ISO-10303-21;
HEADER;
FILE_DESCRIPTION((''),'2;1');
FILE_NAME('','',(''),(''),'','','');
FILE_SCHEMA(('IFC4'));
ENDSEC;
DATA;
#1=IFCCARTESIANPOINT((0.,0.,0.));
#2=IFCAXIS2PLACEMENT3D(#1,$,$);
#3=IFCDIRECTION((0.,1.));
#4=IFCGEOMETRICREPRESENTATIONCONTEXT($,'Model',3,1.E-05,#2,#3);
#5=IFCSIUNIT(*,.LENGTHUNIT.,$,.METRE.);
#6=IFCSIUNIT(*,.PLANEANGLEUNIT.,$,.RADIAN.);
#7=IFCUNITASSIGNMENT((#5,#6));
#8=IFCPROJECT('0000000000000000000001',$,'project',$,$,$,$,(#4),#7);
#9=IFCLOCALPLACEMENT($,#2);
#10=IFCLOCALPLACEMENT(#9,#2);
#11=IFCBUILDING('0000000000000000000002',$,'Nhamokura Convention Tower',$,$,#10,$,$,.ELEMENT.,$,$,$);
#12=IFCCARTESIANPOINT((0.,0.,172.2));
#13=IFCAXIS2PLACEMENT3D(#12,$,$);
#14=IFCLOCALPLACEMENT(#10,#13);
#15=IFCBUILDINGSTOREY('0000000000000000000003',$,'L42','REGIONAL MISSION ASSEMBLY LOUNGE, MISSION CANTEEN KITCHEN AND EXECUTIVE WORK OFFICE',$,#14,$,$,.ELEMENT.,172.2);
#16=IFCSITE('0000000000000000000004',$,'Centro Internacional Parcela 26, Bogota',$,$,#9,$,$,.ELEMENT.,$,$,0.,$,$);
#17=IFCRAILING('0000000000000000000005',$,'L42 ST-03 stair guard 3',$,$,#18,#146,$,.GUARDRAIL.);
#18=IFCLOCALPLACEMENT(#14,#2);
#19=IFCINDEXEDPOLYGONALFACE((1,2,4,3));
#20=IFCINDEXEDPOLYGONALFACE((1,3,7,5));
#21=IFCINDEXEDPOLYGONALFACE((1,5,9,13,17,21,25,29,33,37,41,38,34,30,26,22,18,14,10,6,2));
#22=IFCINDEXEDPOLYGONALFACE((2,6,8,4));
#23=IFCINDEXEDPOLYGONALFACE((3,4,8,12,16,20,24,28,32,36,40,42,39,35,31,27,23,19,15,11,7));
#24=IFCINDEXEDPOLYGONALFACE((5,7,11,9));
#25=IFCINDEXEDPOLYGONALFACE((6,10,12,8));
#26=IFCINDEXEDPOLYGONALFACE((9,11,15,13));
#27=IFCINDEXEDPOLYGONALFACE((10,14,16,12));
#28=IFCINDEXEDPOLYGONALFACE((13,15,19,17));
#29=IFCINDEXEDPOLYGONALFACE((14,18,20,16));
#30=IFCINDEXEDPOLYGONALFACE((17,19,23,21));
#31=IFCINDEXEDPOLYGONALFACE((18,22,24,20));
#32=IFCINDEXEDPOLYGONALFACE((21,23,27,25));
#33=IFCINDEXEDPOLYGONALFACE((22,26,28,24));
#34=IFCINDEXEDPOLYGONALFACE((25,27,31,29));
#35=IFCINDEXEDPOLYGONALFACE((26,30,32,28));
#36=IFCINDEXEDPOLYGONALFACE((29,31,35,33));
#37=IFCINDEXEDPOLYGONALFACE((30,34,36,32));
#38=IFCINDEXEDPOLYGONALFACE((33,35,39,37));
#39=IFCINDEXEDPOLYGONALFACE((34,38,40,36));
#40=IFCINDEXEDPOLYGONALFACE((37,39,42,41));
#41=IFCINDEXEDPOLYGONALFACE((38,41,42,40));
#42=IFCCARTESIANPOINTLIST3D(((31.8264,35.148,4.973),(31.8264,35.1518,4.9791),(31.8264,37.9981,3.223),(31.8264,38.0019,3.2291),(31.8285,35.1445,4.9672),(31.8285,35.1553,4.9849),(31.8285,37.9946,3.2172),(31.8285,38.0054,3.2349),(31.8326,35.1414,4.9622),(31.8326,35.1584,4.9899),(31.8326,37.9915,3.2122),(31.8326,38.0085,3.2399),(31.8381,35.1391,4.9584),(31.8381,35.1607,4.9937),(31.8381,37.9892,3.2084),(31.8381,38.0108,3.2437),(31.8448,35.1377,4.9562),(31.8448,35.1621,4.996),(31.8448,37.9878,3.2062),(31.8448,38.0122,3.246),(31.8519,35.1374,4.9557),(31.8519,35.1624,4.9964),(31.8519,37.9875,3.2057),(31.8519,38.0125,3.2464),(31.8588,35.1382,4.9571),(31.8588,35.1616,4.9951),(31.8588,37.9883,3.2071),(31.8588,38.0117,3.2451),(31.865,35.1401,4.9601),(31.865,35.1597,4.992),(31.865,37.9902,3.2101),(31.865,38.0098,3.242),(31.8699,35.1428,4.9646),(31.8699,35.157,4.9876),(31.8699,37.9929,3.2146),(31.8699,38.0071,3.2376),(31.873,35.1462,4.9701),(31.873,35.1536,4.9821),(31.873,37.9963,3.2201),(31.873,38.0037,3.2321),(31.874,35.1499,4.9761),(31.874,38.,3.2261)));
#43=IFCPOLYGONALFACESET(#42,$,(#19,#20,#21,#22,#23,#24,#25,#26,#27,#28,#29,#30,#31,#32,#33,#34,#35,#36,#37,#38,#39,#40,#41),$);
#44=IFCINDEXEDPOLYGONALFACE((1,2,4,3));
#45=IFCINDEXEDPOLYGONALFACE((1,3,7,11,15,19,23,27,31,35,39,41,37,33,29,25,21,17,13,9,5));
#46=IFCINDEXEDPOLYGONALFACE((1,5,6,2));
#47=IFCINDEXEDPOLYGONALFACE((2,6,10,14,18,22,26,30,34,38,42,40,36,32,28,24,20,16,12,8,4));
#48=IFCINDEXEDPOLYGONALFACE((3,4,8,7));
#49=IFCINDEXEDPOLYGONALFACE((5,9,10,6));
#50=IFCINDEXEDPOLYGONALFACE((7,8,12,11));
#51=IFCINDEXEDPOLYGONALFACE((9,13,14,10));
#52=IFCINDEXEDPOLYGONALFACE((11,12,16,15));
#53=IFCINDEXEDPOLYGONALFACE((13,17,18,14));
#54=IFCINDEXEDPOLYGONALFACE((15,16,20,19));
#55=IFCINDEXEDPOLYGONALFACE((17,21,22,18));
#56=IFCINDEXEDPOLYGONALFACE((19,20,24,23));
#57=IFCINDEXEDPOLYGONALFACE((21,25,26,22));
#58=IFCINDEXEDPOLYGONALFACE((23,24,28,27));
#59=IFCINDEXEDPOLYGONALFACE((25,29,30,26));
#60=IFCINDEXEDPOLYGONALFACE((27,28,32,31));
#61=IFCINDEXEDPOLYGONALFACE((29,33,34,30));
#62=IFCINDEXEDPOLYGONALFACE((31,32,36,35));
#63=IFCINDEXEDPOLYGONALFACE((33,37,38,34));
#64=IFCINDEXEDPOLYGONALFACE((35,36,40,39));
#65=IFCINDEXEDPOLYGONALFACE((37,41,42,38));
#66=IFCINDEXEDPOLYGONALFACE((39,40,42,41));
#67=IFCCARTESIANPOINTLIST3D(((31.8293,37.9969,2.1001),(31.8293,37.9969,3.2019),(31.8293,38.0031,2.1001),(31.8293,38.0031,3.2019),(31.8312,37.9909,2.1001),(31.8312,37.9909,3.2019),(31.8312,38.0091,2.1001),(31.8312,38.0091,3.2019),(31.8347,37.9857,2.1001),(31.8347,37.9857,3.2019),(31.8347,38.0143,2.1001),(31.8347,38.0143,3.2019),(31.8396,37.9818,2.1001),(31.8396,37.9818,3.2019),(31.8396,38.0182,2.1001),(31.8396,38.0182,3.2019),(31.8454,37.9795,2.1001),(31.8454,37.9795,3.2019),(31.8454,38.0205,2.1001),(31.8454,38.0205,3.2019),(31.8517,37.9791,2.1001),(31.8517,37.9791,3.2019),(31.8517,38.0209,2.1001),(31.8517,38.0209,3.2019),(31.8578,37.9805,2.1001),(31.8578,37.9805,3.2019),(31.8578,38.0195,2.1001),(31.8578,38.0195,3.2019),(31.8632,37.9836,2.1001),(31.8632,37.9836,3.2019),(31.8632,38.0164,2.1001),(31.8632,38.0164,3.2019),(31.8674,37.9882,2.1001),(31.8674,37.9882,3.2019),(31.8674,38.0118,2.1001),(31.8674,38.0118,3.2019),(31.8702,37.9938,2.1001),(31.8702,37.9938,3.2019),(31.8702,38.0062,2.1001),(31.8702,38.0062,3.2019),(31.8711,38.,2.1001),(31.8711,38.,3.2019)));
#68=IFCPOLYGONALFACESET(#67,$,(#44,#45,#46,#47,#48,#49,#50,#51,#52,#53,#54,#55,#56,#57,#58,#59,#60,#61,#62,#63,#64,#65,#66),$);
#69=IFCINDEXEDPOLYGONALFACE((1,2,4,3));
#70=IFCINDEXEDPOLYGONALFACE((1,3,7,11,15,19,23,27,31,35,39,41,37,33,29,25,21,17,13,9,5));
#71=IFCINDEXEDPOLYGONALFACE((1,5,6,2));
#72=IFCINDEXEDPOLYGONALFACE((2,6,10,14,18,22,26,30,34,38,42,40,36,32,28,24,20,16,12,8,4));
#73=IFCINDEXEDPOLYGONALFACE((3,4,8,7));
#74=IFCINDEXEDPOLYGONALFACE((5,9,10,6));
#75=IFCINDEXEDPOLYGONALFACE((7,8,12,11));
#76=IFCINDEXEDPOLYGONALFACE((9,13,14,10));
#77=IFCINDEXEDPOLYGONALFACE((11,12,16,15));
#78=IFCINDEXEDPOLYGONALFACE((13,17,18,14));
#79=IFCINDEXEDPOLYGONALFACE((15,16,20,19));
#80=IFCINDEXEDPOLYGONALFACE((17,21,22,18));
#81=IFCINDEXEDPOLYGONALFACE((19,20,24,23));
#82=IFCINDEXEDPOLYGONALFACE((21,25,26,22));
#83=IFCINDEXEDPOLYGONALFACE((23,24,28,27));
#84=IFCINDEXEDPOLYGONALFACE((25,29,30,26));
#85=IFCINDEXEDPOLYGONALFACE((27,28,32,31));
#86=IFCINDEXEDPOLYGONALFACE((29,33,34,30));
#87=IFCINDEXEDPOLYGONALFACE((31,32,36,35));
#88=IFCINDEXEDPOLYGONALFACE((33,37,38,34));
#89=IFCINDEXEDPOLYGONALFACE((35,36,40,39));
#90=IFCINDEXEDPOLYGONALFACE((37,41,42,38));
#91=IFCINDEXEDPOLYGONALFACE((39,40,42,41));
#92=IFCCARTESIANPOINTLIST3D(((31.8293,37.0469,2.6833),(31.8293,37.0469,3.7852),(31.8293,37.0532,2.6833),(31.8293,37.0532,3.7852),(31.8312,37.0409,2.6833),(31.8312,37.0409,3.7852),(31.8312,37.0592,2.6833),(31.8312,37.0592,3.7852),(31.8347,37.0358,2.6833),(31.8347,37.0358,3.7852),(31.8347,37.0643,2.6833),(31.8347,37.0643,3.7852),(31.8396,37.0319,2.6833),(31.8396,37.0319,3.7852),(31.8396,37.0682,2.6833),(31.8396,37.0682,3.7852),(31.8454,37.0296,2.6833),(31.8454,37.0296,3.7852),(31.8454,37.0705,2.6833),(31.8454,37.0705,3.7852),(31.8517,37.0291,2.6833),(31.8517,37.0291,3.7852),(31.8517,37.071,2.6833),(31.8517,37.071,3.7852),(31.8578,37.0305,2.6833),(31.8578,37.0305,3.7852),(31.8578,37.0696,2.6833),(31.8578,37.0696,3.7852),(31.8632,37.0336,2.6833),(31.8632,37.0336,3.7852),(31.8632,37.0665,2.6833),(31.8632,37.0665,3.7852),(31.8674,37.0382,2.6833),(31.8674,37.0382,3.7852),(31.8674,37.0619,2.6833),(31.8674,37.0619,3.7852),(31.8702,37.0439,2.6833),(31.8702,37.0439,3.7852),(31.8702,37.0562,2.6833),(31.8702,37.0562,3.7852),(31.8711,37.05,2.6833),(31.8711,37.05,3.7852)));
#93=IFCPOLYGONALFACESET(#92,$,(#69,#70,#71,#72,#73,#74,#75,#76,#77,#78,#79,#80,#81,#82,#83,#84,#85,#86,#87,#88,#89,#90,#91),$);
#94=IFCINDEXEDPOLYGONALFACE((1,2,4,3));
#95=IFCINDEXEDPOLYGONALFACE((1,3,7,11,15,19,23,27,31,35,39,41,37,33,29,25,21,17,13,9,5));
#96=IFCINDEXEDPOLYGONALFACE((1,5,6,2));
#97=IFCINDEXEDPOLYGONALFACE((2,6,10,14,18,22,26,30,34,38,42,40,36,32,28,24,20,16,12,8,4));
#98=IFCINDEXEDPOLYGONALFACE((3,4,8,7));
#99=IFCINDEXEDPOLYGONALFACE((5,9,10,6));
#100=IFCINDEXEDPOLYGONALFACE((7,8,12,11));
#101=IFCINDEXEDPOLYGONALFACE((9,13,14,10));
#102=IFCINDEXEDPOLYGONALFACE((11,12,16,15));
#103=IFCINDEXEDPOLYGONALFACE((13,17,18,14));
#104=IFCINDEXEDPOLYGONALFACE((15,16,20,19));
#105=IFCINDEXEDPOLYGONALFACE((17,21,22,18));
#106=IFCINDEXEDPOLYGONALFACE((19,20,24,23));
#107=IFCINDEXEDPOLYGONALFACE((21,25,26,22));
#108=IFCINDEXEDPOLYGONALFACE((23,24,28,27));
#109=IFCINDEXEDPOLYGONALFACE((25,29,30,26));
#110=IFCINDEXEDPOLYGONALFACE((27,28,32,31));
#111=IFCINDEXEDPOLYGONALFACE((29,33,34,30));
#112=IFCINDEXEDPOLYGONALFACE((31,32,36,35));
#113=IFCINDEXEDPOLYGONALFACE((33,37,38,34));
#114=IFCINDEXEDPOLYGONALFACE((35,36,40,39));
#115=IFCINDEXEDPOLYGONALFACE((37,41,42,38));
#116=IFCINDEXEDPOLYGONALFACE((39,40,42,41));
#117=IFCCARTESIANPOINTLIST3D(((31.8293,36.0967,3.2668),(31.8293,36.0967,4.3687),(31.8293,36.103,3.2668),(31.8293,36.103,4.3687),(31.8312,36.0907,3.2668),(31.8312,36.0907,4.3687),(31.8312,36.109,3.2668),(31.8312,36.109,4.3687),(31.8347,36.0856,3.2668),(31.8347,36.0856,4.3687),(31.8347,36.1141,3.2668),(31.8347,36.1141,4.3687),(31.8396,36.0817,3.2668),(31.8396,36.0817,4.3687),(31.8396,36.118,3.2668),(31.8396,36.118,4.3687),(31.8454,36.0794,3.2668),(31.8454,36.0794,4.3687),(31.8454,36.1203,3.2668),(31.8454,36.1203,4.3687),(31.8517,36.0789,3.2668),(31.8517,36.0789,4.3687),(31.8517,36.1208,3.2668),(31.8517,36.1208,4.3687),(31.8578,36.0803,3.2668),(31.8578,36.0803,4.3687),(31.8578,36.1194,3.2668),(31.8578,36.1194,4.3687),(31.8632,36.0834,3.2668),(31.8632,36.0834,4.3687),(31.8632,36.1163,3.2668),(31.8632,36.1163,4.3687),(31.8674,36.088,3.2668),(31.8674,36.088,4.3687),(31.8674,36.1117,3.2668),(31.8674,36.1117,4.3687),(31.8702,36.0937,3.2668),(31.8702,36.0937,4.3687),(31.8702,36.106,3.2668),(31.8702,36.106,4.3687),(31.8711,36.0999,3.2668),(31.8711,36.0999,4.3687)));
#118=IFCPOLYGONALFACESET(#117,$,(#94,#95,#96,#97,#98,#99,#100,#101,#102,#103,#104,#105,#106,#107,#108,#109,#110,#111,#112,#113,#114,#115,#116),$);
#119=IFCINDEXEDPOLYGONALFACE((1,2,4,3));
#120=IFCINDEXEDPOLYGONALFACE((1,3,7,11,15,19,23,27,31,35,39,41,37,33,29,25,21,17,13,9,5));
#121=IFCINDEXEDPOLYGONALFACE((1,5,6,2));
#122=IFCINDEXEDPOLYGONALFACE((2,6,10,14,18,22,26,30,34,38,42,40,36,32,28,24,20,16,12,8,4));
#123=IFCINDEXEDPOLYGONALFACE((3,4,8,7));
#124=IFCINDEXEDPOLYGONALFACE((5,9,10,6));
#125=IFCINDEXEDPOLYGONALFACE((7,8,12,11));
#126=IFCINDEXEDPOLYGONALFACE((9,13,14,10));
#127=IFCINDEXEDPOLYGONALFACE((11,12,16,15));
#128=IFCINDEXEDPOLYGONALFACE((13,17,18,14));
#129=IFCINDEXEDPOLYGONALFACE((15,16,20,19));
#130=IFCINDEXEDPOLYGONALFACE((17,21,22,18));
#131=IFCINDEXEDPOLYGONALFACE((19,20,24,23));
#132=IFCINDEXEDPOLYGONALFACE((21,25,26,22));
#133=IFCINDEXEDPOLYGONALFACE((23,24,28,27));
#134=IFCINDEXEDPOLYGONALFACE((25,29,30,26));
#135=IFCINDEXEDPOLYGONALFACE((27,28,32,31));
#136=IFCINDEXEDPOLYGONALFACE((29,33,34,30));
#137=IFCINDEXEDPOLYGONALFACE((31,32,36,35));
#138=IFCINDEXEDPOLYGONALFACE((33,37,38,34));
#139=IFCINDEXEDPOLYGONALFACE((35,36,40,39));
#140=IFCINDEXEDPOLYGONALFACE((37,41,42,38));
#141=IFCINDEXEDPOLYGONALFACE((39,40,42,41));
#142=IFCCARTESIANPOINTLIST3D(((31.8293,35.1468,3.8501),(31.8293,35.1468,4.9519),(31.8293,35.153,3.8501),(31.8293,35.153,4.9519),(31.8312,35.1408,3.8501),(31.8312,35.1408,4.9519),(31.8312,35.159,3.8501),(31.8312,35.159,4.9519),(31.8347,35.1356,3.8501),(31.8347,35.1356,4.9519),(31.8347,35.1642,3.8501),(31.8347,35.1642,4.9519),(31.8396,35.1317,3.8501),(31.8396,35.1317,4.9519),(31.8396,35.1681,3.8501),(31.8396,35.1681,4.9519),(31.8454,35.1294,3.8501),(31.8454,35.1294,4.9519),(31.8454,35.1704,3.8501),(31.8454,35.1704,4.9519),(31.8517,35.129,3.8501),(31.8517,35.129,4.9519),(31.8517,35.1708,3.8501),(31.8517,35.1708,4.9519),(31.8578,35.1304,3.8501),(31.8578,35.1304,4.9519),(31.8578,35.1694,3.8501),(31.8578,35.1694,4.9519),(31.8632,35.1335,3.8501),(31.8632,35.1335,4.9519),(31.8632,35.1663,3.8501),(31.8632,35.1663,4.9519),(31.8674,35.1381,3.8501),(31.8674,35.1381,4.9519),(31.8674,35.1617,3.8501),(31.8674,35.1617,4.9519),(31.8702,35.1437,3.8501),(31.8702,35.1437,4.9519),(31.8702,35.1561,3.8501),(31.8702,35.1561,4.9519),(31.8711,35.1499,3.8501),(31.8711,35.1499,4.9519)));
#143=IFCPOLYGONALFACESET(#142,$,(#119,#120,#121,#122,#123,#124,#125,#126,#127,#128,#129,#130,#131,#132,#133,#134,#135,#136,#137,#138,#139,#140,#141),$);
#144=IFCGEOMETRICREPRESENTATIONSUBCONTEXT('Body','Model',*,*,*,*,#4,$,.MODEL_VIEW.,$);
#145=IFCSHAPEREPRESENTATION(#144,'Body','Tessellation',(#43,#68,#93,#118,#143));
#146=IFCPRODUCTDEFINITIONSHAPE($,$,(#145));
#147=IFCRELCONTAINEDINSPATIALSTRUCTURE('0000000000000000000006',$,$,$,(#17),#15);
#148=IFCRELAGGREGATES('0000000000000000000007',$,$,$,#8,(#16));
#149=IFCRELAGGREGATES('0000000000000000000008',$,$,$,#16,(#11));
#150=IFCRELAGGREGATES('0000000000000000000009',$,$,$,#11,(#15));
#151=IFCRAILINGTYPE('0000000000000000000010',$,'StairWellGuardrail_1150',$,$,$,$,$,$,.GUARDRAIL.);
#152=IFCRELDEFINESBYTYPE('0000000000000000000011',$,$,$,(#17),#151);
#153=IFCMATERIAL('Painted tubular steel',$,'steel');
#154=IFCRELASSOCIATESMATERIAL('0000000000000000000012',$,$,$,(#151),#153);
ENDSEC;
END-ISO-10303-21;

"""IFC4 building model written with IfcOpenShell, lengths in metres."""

from ifc_helpers import new_model, si_unit, direction, frame, origin, origin_2d, place, context, subcontext, project, spatial, circle, extrude, material, type_object, element, save


model = new_model("IFC4")

# Units and contexts
model_context = context("Model", 3, precision=1e-05, world=origin(), true_north=direction((0.0, 1.0)))
body_context = subcontext(model_context, "Body", "Model", "MODEL_VIEW")
ifc_project = project(units=[si_unit("LENGTHUNIT", "METRE"), si_unit("PLANEANGLEUNIT", "RADIAN")], contexts=[model_context])

# Site, building, storey
site_placement = place(None, origin())
site = spatial("IfcSite", under=ifc_project, at=site_placement, Name="Centro Internacional Parcela 26, Bogota", CompositionType="ELEMENT", RefElevation=0.0)
building_placement = place(site_placement, origin())
building = spatial("IfcBuilding", under=site, at=building_placement, Name="Nhamokura Convention Tower", CompositionType="ELEMENT")
storey_placement = place(building_placement, frame((0.0, 0.0, 172.2)))
storey = spatial("IfcBuildingStorey", under=building, at=storey_placement, Name="L42", Description="REGIONAL MISSION ASSEMBLY LOUNGE, MISSION CANTEEN KITCHEN AND EXECUTIVE WORK OFFICE", CompositionType="ELEMENT", Elevation=172.2)

# Railing
ifc_material_1 = material(Name="Painted tubular steel", Category="steel")
railing_type_1 = type_object("IfcRailingType", Name="StairWellGuardrail_1150", PredefinedType="GUARDRAIL", material=ifc_material_1)
railing_1_placement = place(storey_placement, frame((31.8501, 38.0, 2.1001)))
element("IfcRailing", 1, at=railing_1_placement, inside=storey, type_object=railing_type_1, Name="L42 ST-03 stair guard 3", PredefinedType="GUARDRAIL", context=body_context, shape_type="SweptSolid", body=[
    extrude(circle(Radius=0.0239, at=origin_2d()), frame((0.0, 0.0, 1.126), z_axis=(0.0, -0.852179, 0.52325), x_axis=(1.0, 0.0, 0.0)), (0.0, 0.0, 1.0), 3.3445),
    extrude(circle(Radius=0.021, at=origin_2d()), origin(), (0.0, 0.0, 1.0), 1.1018),
    extrude(circle(Radius=0.021, at=origin_2d()), frame((0.0, -0.95, 0.5833)), (0.0, 0.0, 1.0), 1.1018),
    extrude(circle(Radius=0.021, at=origin_2d()), frame((0.0, -1.9001, 1.1667)), (0.0, 0.0, 1.0), 1.1018),
    extrude(circle(Radius=0.021, at=origin_2d()), frame((0.0, -2.8501, 1.75)), (0.0, 0.0, 1.0), 1.1018),
])

save(model, "model.ifc")
